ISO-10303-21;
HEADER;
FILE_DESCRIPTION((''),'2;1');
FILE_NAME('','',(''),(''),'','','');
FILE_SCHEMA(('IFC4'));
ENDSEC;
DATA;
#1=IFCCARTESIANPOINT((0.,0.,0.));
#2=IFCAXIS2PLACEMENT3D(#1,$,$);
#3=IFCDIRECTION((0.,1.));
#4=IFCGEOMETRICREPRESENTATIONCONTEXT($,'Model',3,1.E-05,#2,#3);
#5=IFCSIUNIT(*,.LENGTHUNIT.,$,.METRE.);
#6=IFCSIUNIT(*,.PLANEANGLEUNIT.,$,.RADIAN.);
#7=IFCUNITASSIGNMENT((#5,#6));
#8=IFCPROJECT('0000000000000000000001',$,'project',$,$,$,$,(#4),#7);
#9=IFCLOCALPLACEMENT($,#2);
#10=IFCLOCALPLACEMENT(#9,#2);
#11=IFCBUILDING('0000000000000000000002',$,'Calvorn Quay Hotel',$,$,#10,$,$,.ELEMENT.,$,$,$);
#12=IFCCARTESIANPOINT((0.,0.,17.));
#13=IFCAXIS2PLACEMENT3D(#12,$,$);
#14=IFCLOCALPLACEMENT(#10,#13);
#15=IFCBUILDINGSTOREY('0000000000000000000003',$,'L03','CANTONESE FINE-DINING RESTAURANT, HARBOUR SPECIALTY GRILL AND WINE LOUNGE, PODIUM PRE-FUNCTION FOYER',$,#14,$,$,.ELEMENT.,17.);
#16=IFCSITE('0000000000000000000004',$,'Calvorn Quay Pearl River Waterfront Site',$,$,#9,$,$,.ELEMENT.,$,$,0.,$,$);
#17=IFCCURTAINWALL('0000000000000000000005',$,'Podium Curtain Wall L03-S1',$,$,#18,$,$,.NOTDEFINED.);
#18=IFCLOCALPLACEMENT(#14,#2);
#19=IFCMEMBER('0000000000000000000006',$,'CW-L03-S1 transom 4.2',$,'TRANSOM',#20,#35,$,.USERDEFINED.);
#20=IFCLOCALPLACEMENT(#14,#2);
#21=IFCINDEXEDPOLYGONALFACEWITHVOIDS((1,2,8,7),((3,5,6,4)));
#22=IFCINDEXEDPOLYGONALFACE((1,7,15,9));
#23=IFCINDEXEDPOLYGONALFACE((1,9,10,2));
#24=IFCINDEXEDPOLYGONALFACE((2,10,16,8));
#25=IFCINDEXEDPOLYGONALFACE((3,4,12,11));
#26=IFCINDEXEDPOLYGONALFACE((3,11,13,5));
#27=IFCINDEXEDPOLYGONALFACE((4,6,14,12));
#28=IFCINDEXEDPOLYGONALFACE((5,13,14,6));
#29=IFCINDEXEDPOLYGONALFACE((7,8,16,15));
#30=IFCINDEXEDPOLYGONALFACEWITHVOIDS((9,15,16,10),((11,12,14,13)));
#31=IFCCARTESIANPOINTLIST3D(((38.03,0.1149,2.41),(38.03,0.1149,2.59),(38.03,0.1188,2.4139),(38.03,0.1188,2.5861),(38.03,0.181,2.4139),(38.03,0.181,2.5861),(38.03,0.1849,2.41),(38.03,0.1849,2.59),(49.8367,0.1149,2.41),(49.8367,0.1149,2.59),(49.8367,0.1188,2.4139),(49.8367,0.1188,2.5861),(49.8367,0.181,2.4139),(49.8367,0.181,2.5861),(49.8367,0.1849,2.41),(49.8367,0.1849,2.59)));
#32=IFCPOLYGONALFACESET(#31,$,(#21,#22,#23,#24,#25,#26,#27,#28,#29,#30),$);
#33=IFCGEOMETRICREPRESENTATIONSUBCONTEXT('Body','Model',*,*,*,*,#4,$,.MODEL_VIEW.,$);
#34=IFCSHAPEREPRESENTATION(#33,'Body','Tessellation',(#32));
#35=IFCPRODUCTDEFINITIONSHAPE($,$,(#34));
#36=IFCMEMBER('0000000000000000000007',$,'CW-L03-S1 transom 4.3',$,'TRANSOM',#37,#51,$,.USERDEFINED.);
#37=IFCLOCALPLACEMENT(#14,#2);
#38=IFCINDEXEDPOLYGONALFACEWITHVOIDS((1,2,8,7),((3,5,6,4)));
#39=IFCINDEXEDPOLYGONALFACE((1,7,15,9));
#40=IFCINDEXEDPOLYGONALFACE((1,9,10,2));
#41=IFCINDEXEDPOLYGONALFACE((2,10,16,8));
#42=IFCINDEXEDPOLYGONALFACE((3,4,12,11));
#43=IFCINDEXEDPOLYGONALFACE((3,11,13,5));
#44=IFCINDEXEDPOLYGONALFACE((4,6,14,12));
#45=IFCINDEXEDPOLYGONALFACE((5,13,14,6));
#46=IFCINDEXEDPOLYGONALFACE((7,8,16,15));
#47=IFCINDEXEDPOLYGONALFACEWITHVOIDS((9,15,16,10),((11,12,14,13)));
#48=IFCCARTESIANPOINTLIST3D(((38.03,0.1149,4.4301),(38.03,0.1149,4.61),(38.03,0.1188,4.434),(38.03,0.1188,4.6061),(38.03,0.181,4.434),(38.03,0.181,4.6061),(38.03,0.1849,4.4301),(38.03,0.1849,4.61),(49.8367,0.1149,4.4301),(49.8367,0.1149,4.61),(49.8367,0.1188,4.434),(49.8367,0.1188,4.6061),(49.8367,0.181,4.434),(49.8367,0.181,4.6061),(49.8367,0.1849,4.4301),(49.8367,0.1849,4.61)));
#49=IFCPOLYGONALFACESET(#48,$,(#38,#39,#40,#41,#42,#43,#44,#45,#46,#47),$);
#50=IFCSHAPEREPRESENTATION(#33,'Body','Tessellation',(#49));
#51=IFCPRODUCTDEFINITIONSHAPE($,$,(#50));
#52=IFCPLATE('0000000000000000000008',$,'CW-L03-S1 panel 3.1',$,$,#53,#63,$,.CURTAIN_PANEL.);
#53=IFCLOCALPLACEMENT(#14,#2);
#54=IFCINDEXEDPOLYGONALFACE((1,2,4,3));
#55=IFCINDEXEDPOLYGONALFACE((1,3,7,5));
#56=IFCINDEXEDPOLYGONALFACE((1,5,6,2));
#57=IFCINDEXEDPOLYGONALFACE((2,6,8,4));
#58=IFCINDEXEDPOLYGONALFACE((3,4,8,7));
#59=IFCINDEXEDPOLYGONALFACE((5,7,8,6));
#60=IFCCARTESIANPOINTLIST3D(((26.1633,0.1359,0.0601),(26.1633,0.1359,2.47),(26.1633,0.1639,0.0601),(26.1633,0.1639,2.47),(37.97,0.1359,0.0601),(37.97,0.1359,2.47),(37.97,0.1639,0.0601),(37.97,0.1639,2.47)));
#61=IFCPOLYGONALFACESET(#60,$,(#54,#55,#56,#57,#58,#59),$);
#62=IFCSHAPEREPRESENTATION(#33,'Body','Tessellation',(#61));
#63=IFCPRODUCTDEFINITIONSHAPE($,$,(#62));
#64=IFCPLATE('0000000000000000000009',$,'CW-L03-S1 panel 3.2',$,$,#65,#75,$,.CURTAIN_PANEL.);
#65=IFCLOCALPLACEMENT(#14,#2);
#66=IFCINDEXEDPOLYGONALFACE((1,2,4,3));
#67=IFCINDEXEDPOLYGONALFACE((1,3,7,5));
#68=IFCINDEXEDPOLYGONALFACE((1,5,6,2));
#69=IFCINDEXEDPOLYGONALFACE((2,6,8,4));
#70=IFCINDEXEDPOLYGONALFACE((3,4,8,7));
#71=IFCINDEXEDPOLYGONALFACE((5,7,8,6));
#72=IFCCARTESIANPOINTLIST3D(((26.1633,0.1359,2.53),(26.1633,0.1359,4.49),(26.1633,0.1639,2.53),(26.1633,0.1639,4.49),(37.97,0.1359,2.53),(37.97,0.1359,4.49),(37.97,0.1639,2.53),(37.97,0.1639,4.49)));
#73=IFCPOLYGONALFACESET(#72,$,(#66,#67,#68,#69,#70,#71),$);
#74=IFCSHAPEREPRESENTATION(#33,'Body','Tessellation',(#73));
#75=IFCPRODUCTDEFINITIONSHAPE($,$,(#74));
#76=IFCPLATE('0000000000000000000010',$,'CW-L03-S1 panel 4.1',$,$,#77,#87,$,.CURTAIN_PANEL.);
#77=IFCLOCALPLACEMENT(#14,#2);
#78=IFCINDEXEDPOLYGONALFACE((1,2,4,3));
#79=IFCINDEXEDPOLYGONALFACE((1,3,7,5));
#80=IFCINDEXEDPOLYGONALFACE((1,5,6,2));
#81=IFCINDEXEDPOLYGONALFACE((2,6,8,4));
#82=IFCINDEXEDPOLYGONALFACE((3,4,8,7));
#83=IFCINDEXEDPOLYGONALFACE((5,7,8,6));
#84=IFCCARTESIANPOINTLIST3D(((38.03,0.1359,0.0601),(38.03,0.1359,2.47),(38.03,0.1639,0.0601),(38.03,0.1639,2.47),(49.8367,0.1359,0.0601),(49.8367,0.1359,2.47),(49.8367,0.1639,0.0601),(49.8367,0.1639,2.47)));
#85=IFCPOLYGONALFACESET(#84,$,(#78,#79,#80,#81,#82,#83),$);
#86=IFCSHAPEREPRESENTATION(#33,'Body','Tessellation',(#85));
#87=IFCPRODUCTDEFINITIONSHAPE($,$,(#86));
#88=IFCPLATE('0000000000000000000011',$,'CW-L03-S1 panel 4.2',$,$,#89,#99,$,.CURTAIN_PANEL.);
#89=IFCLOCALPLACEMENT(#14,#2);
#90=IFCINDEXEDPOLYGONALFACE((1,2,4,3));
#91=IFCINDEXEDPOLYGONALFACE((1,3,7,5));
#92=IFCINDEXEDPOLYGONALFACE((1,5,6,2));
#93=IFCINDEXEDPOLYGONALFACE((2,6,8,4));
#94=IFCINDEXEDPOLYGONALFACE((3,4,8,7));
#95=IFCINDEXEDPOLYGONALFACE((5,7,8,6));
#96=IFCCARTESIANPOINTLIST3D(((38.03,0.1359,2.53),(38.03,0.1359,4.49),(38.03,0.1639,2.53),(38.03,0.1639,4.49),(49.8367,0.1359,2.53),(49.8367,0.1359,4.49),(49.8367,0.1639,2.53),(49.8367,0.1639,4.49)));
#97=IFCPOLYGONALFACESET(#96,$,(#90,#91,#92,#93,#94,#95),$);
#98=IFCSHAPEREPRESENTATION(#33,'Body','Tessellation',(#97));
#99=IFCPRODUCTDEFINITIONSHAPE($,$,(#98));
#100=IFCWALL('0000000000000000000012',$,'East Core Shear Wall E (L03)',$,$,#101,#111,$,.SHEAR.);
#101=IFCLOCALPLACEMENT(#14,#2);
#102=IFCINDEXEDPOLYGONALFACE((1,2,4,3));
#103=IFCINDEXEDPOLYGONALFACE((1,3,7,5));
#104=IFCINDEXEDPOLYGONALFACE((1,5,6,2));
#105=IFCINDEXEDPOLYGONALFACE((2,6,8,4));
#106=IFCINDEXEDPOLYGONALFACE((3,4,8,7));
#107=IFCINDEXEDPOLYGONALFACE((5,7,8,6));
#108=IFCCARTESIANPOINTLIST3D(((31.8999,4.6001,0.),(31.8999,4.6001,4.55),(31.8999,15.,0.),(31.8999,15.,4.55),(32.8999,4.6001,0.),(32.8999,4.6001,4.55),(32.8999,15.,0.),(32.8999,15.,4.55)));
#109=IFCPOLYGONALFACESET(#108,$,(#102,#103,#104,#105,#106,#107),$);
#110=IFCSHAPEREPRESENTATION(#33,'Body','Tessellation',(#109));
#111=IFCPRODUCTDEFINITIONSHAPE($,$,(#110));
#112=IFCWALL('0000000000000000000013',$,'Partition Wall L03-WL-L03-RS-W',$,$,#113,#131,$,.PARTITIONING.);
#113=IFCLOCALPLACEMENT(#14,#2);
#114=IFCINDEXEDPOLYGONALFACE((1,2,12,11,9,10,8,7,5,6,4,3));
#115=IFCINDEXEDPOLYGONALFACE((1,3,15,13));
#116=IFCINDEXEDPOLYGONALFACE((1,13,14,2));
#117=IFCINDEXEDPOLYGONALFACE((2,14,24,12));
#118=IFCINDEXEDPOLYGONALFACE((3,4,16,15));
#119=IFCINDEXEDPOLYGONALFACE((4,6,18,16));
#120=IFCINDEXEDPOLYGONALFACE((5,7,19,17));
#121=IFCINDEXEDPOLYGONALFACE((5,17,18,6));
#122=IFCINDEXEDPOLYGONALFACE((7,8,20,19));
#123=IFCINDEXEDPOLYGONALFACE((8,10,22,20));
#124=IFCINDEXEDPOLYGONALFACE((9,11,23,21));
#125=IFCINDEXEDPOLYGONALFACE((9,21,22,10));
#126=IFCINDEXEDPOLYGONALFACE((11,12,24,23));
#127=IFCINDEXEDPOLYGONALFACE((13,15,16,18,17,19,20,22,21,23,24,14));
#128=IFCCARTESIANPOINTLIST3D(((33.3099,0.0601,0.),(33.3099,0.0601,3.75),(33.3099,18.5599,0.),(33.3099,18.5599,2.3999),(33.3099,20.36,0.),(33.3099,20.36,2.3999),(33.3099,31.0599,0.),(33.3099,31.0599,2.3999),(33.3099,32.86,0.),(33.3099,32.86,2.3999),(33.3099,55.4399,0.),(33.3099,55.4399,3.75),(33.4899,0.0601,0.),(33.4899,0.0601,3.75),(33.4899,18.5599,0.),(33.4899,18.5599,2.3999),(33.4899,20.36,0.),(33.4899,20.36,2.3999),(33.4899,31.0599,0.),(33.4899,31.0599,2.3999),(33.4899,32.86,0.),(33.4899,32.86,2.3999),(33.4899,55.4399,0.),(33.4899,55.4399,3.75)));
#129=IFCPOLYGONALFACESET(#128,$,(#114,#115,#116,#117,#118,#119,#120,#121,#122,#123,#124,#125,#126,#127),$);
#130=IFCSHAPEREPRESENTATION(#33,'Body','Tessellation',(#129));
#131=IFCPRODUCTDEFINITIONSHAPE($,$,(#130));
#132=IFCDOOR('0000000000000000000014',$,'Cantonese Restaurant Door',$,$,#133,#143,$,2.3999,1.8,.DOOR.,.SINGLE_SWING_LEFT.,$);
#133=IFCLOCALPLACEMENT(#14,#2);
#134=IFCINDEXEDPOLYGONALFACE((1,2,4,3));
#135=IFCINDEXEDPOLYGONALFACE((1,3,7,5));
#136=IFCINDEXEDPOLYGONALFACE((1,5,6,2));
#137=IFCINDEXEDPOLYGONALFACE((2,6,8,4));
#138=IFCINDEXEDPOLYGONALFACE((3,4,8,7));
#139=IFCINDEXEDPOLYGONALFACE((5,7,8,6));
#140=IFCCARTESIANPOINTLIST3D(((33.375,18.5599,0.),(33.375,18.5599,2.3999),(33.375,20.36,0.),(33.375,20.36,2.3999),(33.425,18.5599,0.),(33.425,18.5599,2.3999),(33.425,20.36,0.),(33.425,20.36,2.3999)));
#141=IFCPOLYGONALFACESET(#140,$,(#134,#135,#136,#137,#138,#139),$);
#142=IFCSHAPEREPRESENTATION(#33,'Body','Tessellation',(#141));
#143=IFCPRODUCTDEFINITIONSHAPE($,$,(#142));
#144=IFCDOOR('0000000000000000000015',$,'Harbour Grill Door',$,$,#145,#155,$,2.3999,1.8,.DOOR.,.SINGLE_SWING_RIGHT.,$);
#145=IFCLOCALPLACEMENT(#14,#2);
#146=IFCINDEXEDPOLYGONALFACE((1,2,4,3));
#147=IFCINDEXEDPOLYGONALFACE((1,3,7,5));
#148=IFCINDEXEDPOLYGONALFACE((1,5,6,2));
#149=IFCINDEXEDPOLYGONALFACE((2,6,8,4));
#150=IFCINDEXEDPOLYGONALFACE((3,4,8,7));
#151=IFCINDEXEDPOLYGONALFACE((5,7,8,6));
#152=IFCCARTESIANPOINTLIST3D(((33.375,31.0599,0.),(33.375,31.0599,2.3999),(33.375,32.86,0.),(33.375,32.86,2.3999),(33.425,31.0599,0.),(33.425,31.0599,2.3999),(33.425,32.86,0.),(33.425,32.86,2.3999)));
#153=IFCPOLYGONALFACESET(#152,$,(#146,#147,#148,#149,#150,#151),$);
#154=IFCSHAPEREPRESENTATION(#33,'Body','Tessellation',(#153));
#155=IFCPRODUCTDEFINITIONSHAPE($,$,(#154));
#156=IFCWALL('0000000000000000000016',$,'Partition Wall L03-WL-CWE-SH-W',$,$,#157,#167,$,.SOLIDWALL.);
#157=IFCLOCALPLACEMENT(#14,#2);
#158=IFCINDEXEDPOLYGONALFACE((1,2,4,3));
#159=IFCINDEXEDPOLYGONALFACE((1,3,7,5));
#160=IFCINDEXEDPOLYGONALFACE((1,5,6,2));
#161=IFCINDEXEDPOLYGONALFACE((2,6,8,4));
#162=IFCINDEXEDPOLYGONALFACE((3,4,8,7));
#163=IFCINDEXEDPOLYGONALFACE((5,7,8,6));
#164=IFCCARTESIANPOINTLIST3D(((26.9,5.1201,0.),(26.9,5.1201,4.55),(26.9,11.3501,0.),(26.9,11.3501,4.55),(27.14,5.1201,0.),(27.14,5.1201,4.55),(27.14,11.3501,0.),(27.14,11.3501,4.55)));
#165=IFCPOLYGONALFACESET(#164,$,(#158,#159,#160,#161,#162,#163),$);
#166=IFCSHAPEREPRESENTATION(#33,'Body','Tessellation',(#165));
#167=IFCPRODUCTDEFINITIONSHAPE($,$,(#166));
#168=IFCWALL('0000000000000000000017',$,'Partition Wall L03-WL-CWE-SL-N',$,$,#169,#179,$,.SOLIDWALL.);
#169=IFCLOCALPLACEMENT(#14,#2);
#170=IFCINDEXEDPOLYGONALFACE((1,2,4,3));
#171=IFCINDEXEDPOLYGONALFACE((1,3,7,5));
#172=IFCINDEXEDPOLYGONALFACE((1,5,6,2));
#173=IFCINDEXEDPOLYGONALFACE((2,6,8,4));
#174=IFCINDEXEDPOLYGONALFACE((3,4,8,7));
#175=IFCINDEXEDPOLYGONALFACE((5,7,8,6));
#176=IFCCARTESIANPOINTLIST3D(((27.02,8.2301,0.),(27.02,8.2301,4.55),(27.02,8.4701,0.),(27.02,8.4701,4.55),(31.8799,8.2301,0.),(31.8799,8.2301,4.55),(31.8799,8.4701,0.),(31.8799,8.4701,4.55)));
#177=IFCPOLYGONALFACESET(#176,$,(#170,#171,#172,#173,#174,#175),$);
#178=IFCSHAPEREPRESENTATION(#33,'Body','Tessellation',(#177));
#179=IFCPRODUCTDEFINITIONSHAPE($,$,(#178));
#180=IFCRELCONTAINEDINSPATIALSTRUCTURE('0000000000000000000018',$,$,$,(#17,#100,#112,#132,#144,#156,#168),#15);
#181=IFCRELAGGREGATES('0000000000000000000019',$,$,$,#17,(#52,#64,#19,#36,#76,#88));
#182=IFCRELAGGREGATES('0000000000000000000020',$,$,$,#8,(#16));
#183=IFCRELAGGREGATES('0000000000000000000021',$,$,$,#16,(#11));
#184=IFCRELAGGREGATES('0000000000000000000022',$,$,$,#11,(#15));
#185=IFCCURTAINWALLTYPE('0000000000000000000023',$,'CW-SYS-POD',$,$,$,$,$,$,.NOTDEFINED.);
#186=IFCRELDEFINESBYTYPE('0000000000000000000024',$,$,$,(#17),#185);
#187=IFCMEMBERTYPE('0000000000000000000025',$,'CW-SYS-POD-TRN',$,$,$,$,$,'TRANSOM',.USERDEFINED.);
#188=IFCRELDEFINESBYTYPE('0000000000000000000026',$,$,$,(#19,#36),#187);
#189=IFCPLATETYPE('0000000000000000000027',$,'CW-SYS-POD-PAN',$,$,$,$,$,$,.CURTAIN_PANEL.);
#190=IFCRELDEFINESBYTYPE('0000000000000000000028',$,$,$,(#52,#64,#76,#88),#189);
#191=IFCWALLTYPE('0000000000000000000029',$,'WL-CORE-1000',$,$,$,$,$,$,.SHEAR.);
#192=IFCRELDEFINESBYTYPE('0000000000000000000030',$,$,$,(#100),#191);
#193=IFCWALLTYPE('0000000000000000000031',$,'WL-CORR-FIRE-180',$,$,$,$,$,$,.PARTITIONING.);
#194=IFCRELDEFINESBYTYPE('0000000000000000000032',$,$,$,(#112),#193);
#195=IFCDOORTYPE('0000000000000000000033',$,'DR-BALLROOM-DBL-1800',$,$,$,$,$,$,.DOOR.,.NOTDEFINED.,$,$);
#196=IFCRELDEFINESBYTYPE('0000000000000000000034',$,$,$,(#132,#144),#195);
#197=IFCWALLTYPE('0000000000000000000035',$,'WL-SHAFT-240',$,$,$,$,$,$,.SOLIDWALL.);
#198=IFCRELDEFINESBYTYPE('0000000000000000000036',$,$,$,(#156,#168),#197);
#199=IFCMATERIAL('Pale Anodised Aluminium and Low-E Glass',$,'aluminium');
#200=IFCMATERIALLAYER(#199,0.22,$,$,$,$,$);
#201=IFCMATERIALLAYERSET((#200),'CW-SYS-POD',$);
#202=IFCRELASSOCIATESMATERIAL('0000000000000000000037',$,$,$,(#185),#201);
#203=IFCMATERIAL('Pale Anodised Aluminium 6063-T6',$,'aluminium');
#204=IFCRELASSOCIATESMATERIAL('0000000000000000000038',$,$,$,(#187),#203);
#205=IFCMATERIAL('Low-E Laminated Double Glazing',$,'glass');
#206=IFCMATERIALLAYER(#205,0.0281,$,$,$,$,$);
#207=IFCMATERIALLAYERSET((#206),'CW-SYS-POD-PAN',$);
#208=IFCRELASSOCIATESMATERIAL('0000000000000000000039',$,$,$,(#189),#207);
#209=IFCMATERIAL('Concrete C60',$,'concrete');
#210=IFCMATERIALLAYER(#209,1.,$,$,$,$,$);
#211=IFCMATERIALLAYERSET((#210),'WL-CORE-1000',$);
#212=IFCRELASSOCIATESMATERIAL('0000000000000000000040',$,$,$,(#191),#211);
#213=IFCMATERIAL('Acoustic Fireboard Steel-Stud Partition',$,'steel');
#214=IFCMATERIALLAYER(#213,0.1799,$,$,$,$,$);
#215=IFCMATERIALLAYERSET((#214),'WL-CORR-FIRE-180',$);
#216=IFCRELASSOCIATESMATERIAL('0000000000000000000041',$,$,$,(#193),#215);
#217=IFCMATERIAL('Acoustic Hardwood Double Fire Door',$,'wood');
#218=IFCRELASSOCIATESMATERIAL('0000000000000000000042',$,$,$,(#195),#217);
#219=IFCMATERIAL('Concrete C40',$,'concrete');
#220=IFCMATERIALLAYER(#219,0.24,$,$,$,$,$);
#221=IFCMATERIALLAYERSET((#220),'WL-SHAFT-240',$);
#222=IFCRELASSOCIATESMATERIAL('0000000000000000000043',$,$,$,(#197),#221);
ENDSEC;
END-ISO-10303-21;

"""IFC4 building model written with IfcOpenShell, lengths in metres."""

from ifc_helpers import new_model, si_unit, direction, frame, frame_2d, origin, origin_2d, place, context, subcontext, project, spatial, rectangle, hollow_rectangle, extrude, material, layer, layer_set, material_profile, profile_set, type_object, element, fill, aggregate, save


model = new_model("IFC4")

# Units and contexts
model_context = context("Model", 3, precision=1e-05, world=origin(), true_north=direction((0.0, 1.0)))
body_context = subcontext(model_context, "Body", "Model", "MODEL_VIEW")
ifc_project = project(units=[si_unit("LENGTHUNIT", "METRE"), si_unit("PLANEANGLEUNIT", "RADIAN")], contexts=[model_context])

# Site, building, storey
site_placement = place(None, origin())
site = spatial("IfcSite", under=ifc_project, at=site_placement, Name="Calvorn Quay Pearl River Waterfront Site", CompositionType="ELEMENT", RefElevation=0.0)
building_placement = place(site_placement, origin())
building = spatial("IfcBuilding", under=site, at=building_placement, Name="Calvorn Quay Hotel", CompositionType="ELEMENT")
storey_placement = place(building_placement, frame((0.0, 0.0, 17.0)))
storey = spatial("IfcBuildingStorey", under=building, at=storey_placement, Name="L03", Description="CANTONESE FINE-DINING RESTAURANT, HARBOUR SPECIALTY GRILL AND WINE LOUNGE, PODIUM PRE-FUNCTION FOYER", CompositionType="ELEMENT", Elevation=17.0)

# Curtain wall, members, plates
ifc_material_1 = material(Name="Pale Anodised Aluminium and Low-E Glass", Category="aluminium")
ifc_layer_1 = layer(ifc_material_1, 0.22)
ifc_layer_set_1 = layer_set([ifc_layer_1], Name="CW-SYS-POD")
curtain_wall_type = type_object("IfcCurtainWallType", Name="CW-SYS-POD", PredefinedType="NOTDEFINED", material=ifc_layer_set_1)
curtain_wall_placement = place(storey_placement, origin())
curtain_wall = element("IfcCurtainWall", 1, at=curtain_wall_placement, inside=storey, type_object=curtain_wall_type, Name="Podium Curtain Wall L03-S1", PredefinedType="NOTDEFINED")
ifc_material_2 = material(Name="Pale Anodised Aluminium 6063-T6", Category="aluminium")
ifc_material_profile_1 = material_profile(ifc_material_2, hollow_rectangle(XDim=0.0701, YDim=0.1799, WallThickness=0.0039, at=origin_2d()), Name="ALU-T180x70x4")
ifc_profile_set_1 = profile_set([ifc_material_profile_1], Name="Pale Anodised Aluminium 6063-T6")
member_type_1 = type_object("IfcMemberType", Name="CW-SYS-POD-TRN", ElementType="TRANSOM", PredefinedType="USERDEFINED", material=ifc_profile_set_1)
member_1_placement = place(storey_placement, frame((38.03, 0.1499, 2.5), z_axis=(1.0, 0.0, 0.0), x_axis=(0.0, 1.0, 0.0)))
member_1 = element("IfcMember", 2, at=member_1_placement, type_object=member_type_1, Name="CW-L03-S1 transom 4.2", ObjectType="TRANSOM", PredefinedType="USERDEFINED", context=body_context, shape_type="SweptSolid", body=[
    extrude(hollow_rectangle(XDim=0.0701, YDim=0.1799, WallThickness=0.0039, at=origin_2d()), origin(), (0.0, 0.0, 1.0), 11.8066),
])
member_2_placement = place(storey_placement, frame((38.03, 0.1499, 4.52), z_axis=(1.0, 0.0, 0.0), x_axis=(0.0, 1.0, 0.0)))
member_2 = element("IfcMember", 3, at=member_2_placement, type_object=member_type_1, Name="CW-L03-S1 transom 4.3", ObjectType="TRANSOM", PredefinedType="USERDEFINED", context=body_context, shape_type="SweptSolid", body=[
    extrude(hollow_rectangle(XDim=0.0701, YDim=0.1799, WallThickness=0.0039, at=origin_2d()), origin(), (0.0, 0.0, 1.0), 11.8066),
])
ifc_material_3 = material(Name="Low-E Laminated Double Glazing", Category="glass")
ifc_layer_2 = layer(ifc_material_3, 0.0281)
ifc_layer_set_2 = layer_set([ifc_layer_2], Name="CW-SYS-POD-PAN")
plate_type = type_object("IfcPlateType", Name="CW-SYS-POD-PAN", PredefinedType="CURTAIN_PANEL", material=ifc_layer_set_2)
plate_1_placement = place(storey_placement, frame((32.0667, 0.1499, 0.0601), z_axis=(0.0, 0.0, 1.0), x_axis=(1.0, 0.0, 0.0)))
plate_1 = element("IfcPlate", 4, at=plate_1_placement, type_object=plate_type, Name="CW-L03-S1 panel 3.1", PredefinedType="CURTAIN_PANEL", context=body_context, shape_type="SweptSolid", body=[
    extrude(rectangle(XDim=11.8066, YDim=0.0281, at=origin_2d()), origin(), (0.0, 0.0, 1.0), 2.4099),
])
plate_2_placement = place(storey_placement, frame((32.0667, 0.1499, 2.53), z_axis=(0.0, 0.0, 1.0), x_axis=(1.0, 0.0, 0.0)))
plate_2 = element("IfcPlate", 5, at=plate_2_placement, type_object=plate_type, Name="CW-L03-S1 panel 3.2", PredefinedType="CURTAIN_PANEL", context=body_context, shape_type="SweptSolid", body=[
    extrude(rectangle(XDim=11.8066, YDim=0.0281, at=origin_2d()), origin(), (0.0, 0.0, 1.0), 1.96),
])
plate_3_placement = place(storey_placement, frame((43.9333, 0.1499, 0.0601), z_axis=(0.0, 0.0, 1.0), x_axis=(1.0, 0.0, 0.0)))
plate_3 = element("IfcPlate", 6, at=plate_3_placement, type_object=plate_type, Name="CW-L03-S1 panel 4.1", PredefinedType="CURTAIN_PANEL", context=body_context, shape_type="SweptSolid", body=[
    extrude(rectangle(XDim=11.8066, YDim=0.0281, at=origin_2d()), origin(), (0.0, 0.0, 1.0), 2.4099),
])
plate_4_placement = place(storey_placement, frame((43.9333, 0.1499, 2.53), z_axis=(0.0, 0.0, 1.0), x_axis=(1.0, 0.0, 0.0)))
plate_4 = element("IfcPlate", 7, at=plate_4_placement, type_object=plate_type, Name="CW-L03-S1 panel 4.2", PredefinedType="CURTAIN_PANEL", context=body_context, shape_type="SweptSolid", body=[
    extrude(rectangle(XDim=11.8066, YDim=0.0281, at=origin_2d()), origin(), (0.0, 0.0, 1.0), 1.96),
])
aggregate(curtain_wall, [plate_1, plate_2, member_1, member_2, plate_3, plate_4])

# Wall
ifc_material_4 = material(Name="Concrete C60", Category="concrete")
ifc_layer_3 = layer(ifc_material_4, 1.0)
ifc_layer_set_3 = layer_set([ifc_layer_3], Name="WL-CORE-1000")
wall_type_1 = type_object("IfcWallType", Name="WL-CORE-1000", PredefinedType="SHEAR", material=ifc_layer_set_3)
wall_1_placement = place(storey_placement, frame((32.3999, 4.6001, 0.0), z_axis=(0.0, 0.0, 1.0), x_axis=(0.0, 1.0, 0.0)))
element("IfcWall", 8, at=wall_1_placement, inside=storey, type_object=wall_type_1, Name="East Core Shear Wall E (L03)", PredefinedType="SHEAR", context=body_context, shape_type="SweptSolid", body=[
    extrude(rectangle(XDim=10.3999, YDim=1.0, at=frame_2d((5.2, 0.0))), origin(), (0.0, 0.0, 1.0), 4.55),
])

# Wall, openings, doors
ifc_material_5 = material(Name="Acoustic Fireboard Steel-Stud Partition", Category="steel")
ifc_layer_4 = layer(ifc_material_5, 0.1799)
ifc_layer_set_4 = layer_set([ifc_layer_4], Name="WL-CORR-FIRE-180")
wall_type_2 = type_object("IfcWallType", Name="WL-CORR-FIRE-180", PredefinedType="PARTITIONING", material=ifc_layer_set_4)
wall_2_placement = place(storey_placement, frame((33.3999, 0.0601, 0.0), z_axis=(0.0, 0.0, 1.0), x_axis=(0.0, 1.0, 0.0)))
wall_2 = element("IfcWall", 9, at=wall_2_placement, inside=storey, type_object=wall_type_2, Name="Partition Wall L03-WL-L03-RS-W", PredefinedType="PARTITIONING", context=body_context, shape_type="SweptSolid", body=[
    extrude(rectangle(XDim=55.3799, YDim=0.1799, at=frame_2d((27.6899, 0.0))), origin(), (0.0, 0.0, 1.0), 3.75),
])
opening_1_placement = place(wall_2_placement, frame((18.5, 0.0, 0.0)))
opening_1 = element("IfcOpeningElement", 10, at=opening_1_placement, cuts=wall_2, PredefinedType="OPENING", context=body_context, shape_type="SweptSolid", body=[
    extrude(rectangle(XDim=1.8, YDim=2.3999, at=frame_2d((0.8999, 1.2))), frame((0.0, 0.0999, 0.0), z_axis=(0.0, -1.0, 0.0), x_axis=(1.0, 0.0, 0.0)), (0.0, 0.0, 1.0), 0.2),
])
opening_2_placement = place(wall_2_placement, frame((31.0, 0.0, 0.0)))
opening_2 = element("IfcOpeningElement", 11, at=opening_2_placement, cuts=wall_2, PredefinedType="OPENING", context=body_context, shape_type="SweptSolid", body=[
    extrude(rectangle(XDim=1.8, YDim=2.3999, at=frame_2d((0.8999, 1.2))), frame((0.0, 0.0999, 0.0), z_axis=(0.0, -1.0, 0.0), x_axis=(1.0, 0.0, 0.0)), (0.0, 0.0, 1.0), 0.2),
])
ifc_material_6 = material(Name="Acoustic Hardwood Double Fire Door", Category="wood")
door_type_1 = type_object("IfcDoorType", Name="DR-BALLROOM-DBL-1800", OperationType="NOTDEFINED", PredefinedType="DOOR", material=ifc_material_6)
door_1_placement = place(opening_1_placement, origin())
door_1 = element("IfcDoor", 12, at=door_1_placement, inside=storey, type_object=door_type_1, Name="Cantonese Restaurant Door", OperationType="SINGLE_SWING_LEFT", OverallHeight=2.3999, OverallWidth=1.8, PredefinedType="DOOR", context=body_context, shape_type="SweptSolid", body=[
    extrude(rectangle(XDim=1.8, YDim=2.3999, at=frame_2d((0.8999, 1.2))), frame((0.0, 0.0249, 0.0), z_axis=(0.0, -1.0, 0.0), x_axis=(1.0, 0.0, 0.0)), (0.0, 0.0, 1.0), 0.05),
])
fill(opening_1, door_1)
door_2_placement = place(opening_2_placement, origin())
door_2 = element("IfcDoor", 13, at=door_2_placement, inside=storey, type_object=door_type_1, Name="Harbour Grill Door", OperationType="SINGLE_SWING_RIGHT", OverallHeight=2.3999, OverallWidth=1.8, PredefinedType="DOOR", context=body_context, shape_type="SweptSolid", body=[
    extrude(rectangle(XDim=1.8, YDim=2.3999, at=frame_2d((0.8999, 1.2))), frame((0.0, 0.0249, 0.0), z_axis=(0.0, -1.0, 0.0), x_axis=(1.0, 0.0, 0.0)), (0.0, 0.0, 1.0), 0.05),
])
fill(opening_2, door_2)

# Walls
ifc_material_7 = material(Name="Concrete C40", Category="concrete")
ifc_layer_5 = layer(ifc_material_7, 0.24)
ifc_layer_set_5 = layer_set([ifc_layer_5], Name="WL-SHAFT-240")
wall_type_3 = type_object("IfcWallType", Name="WL-SHAFT-240", PredefinedType="SOLIDWALL", material=ifc_layer_set_5)
wall_3_placement = place(storey_placement, frame((27.02, 5.1201, 0.0), z_axis=(0.0, 0.0, 1.0), x_axis=(0.0, 1.0, 0.0)))
element("IfcWall", 14, at=wall_3_placement, inside=storey, type_object=wall_type_3, Name="Partition Wall L03-WL-CWE-SH-W", PredefinedType="SOLIDWALL", context=body_context, shape_type="SweptSolid", body=[
    extrude(rectangle(XDim=6.23, YDim=0.24, at=frame_2d((3.115, 0.0))), origin(), (0.0, 0.0, 1.0), 4.55),
])
wall_4_placement = place(storey_placement, frame((27.02, 8.3501, 0.0), z_axis=(0.0, 0.0, 1.0), x_axis=(1.0, 0.0, 0.0)))
element("IfcWall", 15, at=wall_4_placement, inside=storey, type_object=wall_type_3, Name="Partition Wall L03-WL-CWE-SL-N", PredefinedType="SOLIDWALL", context=body_context, shape_type="SweptSolid", body=[
    extrude(rectangle(XDim=4.8599, YDim=0.24, at=frame_2d((2.4299, 0.0))), origin(), (0.0, 0.0, 1.0), 4.55),
])

save(model, "model.ifc")
